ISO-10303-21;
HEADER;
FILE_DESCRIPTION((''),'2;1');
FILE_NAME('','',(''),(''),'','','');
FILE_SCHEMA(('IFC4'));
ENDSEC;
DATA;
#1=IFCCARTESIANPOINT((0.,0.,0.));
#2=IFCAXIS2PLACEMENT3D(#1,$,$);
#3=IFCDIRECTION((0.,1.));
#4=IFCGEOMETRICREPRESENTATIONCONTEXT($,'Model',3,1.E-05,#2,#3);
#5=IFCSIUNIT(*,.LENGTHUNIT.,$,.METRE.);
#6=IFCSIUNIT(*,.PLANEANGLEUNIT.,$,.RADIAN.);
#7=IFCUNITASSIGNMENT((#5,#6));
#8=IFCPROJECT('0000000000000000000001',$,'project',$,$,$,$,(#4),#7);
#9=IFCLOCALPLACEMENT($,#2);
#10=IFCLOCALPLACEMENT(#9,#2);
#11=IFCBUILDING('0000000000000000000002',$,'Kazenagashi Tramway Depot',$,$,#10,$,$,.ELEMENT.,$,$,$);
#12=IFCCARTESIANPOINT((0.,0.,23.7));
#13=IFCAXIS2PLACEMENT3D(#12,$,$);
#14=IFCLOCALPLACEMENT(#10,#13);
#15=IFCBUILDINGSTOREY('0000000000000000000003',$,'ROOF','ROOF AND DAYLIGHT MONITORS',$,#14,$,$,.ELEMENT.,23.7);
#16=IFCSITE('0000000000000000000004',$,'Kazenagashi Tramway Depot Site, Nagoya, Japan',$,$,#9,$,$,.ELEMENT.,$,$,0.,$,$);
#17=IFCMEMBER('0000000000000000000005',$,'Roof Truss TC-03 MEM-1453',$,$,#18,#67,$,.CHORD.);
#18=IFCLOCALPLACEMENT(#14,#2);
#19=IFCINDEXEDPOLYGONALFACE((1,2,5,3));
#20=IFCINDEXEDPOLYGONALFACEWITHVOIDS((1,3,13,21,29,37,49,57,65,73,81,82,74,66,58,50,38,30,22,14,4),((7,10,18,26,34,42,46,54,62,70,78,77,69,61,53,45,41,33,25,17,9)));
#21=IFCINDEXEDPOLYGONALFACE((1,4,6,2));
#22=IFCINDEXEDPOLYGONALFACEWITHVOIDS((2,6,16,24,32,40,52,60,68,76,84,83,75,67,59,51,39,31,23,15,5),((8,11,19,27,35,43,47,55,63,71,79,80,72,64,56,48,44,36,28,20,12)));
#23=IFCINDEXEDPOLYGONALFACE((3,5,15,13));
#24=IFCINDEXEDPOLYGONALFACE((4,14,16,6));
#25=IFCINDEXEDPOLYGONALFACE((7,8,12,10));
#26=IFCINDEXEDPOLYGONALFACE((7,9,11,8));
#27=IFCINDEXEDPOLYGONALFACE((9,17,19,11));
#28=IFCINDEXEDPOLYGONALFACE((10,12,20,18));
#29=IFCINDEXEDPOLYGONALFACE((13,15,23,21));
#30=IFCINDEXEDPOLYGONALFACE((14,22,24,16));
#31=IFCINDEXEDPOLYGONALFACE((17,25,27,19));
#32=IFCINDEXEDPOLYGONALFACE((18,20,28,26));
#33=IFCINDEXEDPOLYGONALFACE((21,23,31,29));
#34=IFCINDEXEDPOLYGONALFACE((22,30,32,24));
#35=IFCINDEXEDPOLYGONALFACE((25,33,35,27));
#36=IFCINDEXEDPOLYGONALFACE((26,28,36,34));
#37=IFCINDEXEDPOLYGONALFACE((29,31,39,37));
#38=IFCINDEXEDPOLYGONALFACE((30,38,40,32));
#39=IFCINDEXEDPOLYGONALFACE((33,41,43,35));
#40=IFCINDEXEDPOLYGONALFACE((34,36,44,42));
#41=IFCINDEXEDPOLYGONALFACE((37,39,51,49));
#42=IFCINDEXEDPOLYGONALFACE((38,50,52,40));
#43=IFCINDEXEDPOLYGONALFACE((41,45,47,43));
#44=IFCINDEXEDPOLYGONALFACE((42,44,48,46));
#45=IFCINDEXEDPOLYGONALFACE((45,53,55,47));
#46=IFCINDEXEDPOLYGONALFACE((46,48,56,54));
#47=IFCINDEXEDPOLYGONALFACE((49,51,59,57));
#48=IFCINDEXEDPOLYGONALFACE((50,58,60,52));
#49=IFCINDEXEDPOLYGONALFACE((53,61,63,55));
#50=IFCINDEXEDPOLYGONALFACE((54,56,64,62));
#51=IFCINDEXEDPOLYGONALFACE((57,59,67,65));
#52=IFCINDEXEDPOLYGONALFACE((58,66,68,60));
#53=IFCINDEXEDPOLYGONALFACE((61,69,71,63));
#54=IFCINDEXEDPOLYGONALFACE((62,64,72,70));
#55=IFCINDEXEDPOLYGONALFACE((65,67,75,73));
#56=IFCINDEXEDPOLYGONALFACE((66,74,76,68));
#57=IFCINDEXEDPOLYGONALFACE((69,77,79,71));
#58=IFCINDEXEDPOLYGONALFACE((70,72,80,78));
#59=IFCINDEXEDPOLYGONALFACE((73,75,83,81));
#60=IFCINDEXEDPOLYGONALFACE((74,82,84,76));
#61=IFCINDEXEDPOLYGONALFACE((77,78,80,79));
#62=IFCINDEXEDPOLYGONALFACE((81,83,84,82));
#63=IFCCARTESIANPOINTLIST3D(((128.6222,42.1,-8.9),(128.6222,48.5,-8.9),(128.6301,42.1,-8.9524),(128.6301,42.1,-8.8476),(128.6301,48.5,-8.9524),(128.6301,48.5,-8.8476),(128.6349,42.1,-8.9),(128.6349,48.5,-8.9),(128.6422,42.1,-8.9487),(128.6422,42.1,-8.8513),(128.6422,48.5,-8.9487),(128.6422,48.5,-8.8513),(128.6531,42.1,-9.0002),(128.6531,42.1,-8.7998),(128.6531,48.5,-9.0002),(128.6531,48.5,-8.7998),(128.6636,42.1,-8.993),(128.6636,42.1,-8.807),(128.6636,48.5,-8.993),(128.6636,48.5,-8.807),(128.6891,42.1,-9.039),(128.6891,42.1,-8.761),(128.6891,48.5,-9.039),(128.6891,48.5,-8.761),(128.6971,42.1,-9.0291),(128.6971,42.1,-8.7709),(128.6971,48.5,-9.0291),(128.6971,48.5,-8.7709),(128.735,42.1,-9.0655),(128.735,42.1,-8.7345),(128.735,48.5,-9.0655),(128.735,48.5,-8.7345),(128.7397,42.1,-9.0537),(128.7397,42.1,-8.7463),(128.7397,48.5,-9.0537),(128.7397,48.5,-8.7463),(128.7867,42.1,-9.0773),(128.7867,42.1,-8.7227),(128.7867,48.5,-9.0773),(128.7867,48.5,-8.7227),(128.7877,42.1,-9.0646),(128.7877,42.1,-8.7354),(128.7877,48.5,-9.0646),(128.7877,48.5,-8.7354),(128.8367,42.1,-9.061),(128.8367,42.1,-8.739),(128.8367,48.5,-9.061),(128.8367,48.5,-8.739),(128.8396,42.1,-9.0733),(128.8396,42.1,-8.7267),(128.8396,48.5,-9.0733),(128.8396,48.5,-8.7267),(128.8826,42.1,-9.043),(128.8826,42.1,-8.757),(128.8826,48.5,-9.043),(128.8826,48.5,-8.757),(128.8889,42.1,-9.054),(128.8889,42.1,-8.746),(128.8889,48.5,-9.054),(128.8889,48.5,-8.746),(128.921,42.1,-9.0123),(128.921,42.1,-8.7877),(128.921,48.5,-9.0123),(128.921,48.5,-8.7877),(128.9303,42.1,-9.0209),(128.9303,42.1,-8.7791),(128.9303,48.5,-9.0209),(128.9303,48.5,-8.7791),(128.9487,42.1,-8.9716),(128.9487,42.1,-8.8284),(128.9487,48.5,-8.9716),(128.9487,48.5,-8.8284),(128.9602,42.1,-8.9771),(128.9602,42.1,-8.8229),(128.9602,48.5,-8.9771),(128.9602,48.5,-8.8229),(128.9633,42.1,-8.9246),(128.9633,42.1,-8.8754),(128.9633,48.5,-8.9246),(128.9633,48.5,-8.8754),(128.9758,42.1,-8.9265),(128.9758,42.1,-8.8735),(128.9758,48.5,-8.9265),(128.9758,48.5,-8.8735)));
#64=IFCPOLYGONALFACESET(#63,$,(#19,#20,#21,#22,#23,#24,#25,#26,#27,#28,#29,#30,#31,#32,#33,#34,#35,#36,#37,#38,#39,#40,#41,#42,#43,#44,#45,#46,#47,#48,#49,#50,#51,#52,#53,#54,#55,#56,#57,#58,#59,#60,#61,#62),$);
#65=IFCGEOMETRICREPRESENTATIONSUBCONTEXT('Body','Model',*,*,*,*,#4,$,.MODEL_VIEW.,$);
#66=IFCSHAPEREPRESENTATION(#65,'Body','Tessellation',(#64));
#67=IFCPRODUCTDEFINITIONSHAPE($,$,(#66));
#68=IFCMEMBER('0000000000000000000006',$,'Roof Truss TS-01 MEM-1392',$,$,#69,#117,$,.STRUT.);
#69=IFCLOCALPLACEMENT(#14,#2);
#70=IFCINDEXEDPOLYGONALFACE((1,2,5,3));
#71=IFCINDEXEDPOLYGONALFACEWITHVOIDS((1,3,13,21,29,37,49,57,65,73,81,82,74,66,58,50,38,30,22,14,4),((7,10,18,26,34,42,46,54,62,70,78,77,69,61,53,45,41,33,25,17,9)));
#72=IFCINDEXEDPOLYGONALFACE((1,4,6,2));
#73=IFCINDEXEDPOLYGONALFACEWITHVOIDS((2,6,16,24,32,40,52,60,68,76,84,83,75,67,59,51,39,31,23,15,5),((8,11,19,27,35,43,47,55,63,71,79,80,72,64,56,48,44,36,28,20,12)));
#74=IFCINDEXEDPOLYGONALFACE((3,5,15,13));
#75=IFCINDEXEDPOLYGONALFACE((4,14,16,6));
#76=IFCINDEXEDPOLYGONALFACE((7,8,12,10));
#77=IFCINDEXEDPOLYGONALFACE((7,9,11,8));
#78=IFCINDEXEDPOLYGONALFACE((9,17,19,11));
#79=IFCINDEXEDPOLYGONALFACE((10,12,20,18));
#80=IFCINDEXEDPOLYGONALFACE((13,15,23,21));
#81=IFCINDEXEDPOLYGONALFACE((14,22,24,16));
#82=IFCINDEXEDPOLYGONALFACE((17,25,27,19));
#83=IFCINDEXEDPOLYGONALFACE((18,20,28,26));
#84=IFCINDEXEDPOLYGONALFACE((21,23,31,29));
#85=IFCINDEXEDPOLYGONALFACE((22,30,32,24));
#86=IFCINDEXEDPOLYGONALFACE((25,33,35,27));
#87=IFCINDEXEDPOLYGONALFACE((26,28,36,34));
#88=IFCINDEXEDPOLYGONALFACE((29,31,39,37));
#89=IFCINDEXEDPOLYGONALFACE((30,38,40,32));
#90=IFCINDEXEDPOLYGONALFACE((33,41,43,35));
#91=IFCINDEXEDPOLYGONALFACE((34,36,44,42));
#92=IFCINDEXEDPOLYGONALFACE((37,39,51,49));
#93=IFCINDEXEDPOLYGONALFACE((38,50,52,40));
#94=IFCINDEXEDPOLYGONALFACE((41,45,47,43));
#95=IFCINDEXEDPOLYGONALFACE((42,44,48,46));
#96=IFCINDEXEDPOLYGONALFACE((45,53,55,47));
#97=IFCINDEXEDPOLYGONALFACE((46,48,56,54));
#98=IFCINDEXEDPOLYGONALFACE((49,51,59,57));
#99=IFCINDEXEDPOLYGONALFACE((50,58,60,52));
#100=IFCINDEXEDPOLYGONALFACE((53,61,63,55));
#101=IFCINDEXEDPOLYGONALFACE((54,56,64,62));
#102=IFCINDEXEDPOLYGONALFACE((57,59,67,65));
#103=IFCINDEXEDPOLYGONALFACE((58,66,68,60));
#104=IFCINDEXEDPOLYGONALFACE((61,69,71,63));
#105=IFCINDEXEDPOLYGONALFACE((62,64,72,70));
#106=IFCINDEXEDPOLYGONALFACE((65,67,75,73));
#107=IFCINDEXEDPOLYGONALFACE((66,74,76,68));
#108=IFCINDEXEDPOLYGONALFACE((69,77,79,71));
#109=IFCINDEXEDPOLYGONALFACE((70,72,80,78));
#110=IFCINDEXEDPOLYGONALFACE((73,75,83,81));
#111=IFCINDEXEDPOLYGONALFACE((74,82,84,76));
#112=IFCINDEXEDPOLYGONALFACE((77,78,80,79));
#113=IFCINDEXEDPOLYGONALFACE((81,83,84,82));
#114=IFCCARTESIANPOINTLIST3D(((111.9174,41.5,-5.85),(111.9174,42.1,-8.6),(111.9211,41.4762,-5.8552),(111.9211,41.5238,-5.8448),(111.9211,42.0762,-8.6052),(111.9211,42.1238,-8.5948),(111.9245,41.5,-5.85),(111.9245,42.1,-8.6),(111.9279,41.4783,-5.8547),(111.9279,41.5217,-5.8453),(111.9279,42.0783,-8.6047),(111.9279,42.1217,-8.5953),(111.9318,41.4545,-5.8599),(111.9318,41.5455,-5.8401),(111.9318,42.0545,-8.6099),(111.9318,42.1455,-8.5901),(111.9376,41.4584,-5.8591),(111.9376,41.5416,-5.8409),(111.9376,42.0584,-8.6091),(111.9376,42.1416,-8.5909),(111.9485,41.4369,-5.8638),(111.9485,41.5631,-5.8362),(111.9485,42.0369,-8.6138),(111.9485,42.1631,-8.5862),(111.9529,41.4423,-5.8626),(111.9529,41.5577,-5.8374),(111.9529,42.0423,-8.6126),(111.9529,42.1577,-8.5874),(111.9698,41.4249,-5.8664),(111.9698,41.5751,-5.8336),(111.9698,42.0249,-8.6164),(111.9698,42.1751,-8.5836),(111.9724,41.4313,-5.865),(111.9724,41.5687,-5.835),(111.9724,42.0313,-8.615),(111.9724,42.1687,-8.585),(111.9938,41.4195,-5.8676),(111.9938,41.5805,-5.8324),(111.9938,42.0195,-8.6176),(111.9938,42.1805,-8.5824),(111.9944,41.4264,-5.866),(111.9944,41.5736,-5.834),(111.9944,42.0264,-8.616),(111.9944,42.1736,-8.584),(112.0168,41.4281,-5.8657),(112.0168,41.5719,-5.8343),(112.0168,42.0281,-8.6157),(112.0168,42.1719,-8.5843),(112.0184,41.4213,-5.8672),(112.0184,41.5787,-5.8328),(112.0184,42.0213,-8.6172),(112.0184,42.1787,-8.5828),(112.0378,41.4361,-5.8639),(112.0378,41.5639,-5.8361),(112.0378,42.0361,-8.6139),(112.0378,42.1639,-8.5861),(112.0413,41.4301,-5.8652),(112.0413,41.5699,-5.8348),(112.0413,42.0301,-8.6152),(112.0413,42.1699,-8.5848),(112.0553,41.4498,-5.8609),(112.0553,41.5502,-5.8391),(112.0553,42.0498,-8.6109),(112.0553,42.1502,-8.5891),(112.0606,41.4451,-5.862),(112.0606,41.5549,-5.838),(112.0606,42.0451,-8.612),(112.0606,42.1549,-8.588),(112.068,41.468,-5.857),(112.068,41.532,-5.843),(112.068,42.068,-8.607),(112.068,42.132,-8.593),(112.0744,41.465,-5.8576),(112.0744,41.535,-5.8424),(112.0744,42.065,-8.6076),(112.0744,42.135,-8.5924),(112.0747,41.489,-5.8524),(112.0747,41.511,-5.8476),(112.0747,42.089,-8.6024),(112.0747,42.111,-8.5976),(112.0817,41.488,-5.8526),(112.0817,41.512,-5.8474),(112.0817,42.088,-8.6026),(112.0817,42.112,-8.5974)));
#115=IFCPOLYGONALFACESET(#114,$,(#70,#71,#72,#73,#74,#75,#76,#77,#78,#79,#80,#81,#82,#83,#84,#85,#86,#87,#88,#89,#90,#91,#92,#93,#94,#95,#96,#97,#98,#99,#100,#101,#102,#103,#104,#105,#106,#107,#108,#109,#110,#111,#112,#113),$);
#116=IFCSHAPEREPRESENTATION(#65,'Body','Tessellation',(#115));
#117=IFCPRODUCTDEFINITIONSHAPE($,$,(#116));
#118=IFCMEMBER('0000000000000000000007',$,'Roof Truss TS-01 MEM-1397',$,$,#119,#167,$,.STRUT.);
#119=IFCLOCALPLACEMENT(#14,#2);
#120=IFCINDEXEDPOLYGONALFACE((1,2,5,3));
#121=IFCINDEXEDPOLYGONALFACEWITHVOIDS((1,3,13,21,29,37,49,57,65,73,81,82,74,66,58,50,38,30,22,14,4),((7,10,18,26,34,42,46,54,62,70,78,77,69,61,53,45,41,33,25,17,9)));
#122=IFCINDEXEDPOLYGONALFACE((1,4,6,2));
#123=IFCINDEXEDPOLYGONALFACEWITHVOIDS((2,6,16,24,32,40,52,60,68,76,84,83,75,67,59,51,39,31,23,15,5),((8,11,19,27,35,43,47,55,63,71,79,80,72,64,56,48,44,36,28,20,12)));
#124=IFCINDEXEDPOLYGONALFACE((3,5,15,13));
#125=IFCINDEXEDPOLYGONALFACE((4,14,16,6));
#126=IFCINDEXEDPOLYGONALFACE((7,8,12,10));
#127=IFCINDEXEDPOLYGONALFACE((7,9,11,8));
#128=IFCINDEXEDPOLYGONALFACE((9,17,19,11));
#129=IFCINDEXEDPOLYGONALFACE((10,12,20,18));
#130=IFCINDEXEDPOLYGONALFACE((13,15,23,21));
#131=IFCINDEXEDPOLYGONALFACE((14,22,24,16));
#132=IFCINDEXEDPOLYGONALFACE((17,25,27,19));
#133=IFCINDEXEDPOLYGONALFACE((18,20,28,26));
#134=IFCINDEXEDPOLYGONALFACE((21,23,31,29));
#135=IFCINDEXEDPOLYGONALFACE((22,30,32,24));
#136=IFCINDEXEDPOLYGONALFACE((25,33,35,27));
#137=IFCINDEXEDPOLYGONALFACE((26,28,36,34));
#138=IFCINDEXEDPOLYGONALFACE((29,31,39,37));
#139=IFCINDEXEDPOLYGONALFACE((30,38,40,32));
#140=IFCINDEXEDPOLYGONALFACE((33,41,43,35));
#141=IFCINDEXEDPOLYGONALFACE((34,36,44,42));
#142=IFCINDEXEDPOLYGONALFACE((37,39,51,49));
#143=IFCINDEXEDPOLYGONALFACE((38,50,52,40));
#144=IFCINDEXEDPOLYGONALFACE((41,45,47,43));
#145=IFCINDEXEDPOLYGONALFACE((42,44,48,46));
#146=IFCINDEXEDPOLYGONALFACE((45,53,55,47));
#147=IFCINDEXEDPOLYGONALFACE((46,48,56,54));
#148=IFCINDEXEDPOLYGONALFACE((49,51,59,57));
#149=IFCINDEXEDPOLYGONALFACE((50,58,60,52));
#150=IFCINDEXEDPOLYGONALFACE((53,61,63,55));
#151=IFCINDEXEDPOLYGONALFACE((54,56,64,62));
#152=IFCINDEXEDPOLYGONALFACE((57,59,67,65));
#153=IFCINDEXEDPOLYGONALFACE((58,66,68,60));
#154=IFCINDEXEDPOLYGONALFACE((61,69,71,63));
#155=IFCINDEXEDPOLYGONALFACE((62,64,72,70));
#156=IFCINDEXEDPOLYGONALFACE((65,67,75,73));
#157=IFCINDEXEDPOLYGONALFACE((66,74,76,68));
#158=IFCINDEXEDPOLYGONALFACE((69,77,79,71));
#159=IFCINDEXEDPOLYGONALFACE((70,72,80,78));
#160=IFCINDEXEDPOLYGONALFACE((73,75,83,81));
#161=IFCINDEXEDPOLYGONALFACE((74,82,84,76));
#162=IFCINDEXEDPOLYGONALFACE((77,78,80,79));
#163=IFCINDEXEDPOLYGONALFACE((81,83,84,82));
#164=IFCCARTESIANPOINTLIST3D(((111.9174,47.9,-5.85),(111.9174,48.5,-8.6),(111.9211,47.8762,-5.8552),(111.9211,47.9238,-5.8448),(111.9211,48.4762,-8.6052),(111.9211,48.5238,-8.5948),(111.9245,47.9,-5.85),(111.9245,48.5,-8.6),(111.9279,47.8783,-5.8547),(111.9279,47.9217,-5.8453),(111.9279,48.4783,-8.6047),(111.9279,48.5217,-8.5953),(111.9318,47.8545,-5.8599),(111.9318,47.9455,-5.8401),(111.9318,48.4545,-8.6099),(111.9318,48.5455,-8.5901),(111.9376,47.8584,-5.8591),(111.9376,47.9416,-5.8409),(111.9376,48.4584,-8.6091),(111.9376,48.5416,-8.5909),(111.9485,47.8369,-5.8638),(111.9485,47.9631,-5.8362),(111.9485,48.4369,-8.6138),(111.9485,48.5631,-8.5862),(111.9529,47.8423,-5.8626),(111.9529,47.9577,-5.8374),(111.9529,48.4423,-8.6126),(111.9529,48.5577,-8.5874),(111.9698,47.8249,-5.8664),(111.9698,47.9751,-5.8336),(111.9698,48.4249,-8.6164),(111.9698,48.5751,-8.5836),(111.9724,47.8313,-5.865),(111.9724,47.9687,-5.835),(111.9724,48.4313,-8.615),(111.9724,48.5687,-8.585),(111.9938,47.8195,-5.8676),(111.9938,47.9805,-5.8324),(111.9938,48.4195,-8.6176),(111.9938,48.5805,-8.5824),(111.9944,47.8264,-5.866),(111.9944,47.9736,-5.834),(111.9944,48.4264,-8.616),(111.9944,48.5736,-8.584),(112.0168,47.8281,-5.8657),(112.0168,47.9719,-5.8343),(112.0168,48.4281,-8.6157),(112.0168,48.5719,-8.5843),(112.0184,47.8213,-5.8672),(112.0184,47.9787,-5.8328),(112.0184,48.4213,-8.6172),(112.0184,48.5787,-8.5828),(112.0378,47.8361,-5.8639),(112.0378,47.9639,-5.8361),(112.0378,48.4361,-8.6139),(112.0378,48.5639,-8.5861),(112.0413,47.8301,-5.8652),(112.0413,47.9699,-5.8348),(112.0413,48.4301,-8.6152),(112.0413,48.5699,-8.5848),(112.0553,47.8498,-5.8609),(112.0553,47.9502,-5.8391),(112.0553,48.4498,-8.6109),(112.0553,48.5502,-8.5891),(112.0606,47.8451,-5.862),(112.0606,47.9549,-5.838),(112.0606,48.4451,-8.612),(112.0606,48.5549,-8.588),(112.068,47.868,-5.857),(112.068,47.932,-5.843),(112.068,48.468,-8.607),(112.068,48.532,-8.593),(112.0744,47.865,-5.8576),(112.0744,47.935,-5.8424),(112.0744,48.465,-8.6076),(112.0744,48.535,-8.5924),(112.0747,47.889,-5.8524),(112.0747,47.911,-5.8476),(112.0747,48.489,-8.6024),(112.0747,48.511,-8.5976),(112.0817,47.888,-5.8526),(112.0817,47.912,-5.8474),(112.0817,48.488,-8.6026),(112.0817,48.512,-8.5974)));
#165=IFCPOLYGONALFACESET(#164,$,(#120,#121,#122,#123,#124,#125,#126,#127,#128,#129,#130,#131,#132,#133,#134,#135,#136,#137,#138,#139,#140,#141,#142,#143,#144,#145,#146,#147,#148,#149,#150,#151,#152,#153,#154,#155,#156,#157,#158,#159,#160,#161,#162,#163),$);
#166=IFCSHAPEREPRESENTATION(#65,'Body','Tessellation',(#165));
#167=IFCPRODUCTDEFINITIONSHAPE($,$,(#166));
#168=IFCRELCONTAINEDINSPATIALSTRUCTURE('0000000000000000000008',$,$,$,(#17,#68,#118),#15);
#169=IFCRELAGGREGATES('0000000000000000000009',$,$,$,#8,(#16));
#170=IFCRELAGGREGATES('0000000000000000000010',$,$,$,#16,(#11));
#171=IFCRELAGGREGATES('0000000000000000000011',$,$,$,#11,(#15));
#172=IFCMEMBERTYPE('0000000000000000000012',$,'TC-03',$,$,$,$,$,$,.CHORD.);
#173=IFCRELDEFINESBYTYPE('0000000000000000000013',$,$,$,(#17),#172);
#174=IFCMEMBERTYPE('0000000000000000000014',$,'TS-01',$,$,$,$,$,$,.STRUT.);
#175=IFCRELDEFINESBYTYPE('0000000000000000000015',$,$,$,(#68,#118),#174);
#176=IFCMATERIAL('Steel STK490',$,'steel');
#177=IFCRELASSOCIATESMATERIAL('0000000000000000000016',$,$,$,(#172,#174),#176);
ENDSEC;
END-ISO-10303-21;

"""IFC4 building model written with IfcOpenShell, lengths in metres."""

from ifc_helpers import new_model, si_unit, direction, frame, origin, origin_2d, place, context, subcontext, project, spatial, hollow_circle, extrude, material, material_profile, profile_set, type_object, element, save


model = new_model("IFC4")

# Units and contexts
model_context = context("Model", 3, precision=1e-05, world=origin(), true_north=direction((0.0, 1.0)))
body_context = subcontext(model_context, "Body", "Model", "MODEL_VIEW")
ifc_project = project(units=[si_unit("LENGTHUNIT", "METRE"), si_unit("PLANEANGLEUNIT", "RADIAN")], contexts=[model_context])

# Site, building, storey
site_placement = place(None, origin())
site = spatial("IfcSite", under=ifc_project, at=site_placement, Name="Kazenagashi Tramway Depot Site, Nagoya, Japan", CompositionType="ELEMENT", RefElevation=0.0)
building_placement = place(site_placement, origin())
building = spatial("IfcBuilding", under=site, at=building_placement, Name="Kazenagashi Tramway Depot", CompositionType="ELEMENT")
storey_placement = place(building_placement, frame((0.0, 0.0, 23.7)))
storey = spatial("IfcBuildingStorey", under=building, at=storey_placement, Name="ROOF", Description="ROOF AND DAYLIGHT MONITORS", CompositionType="ELEMENT", Elevation=23.7)

# Members
ifc_material_1 = material(Name="Steel STK490", Category="steel")
ifc_material_profile_1 = material_profile(ifc_material_1, hollow_circle(Radius=0.1778, WallThickness=0.0127, at=origin_2d()), Name="CHS-355.6x12.7")
ifc_profile_set_1 = profile_set([ifc_material_profile_1], Name="Steel STK490")
member_type_1 = type_object("IfcMemberType", Name="TC-03", PredefinedType="CHORD", material=ifc_profile_set_1)
for number, where, z_axis, x_axis, name in (
    (1, (128.8, 42.1, -8.9), (0.0, 1.0, 0.0), (-1.0, 0.0, 0.0), "Roof Truss TC-03 MEM-1453"),
):
    element("IfcMember", number, at=place(storey_placement, frame(where, z_axis=z_axis, x_axis=x_axis)), inside=storey, type_object=member_type_1, Name=name, PredefinedType="CHORD", context=body_context, shape_type="SweptSolid", body=[
        extrude(hollow_circle(Radius=0.1778, WallThickness=0.0127, at=origin_2d()), origin(), (0.0, 0.0, 1.0), 6.4),
    ])
ifc_material_profile_2 = material_profile(ifc_material_1, hollow_circle(Radius=0.0826, WallThickness=0.0071, at=origin_2d()), Name="CHS-165.2x7.1")
ifc_profile_set_2 = profile_set([ifc_material_profile_2], Name="Steel STK490")
member_type_2 = type_object("IfcMemberType", Name="TS-01", PredefinedType="STRUT", material=ifc_profile_set_2)
for number, where, z_axis, x_axis, name in (
    (2, (112.0, 41.5, -5.85), (0.0, 0.213167, -0.977016), (-1.0, 0.0, 0.0), "Roof Truss TS-01 MEM-1392"),
    (3, (112.0, 47.9, -5.85), (0.0, 0.213167, -0.977016), (-1.0, 0.0, 0.0), "Roof Truss TS-01 MEM-1397"),
):
    element("IfcMember", number, at=place(storey_placement, frame(where, z_axis=z_axis, x_axis=x_axis)), inside=storey, type_object=member_type_2, Name=name, PredefinedType="STRUT", context=body_context, shape_type="SweptSolid", body=[
        extrude(hollow_circle(Radius=0.0826, WallThickness=0.0071, at=origin_2d()), origin(), (0.0, 0.0, 1.0), 2.8147),
    ])

save(model, "model.ifc")
